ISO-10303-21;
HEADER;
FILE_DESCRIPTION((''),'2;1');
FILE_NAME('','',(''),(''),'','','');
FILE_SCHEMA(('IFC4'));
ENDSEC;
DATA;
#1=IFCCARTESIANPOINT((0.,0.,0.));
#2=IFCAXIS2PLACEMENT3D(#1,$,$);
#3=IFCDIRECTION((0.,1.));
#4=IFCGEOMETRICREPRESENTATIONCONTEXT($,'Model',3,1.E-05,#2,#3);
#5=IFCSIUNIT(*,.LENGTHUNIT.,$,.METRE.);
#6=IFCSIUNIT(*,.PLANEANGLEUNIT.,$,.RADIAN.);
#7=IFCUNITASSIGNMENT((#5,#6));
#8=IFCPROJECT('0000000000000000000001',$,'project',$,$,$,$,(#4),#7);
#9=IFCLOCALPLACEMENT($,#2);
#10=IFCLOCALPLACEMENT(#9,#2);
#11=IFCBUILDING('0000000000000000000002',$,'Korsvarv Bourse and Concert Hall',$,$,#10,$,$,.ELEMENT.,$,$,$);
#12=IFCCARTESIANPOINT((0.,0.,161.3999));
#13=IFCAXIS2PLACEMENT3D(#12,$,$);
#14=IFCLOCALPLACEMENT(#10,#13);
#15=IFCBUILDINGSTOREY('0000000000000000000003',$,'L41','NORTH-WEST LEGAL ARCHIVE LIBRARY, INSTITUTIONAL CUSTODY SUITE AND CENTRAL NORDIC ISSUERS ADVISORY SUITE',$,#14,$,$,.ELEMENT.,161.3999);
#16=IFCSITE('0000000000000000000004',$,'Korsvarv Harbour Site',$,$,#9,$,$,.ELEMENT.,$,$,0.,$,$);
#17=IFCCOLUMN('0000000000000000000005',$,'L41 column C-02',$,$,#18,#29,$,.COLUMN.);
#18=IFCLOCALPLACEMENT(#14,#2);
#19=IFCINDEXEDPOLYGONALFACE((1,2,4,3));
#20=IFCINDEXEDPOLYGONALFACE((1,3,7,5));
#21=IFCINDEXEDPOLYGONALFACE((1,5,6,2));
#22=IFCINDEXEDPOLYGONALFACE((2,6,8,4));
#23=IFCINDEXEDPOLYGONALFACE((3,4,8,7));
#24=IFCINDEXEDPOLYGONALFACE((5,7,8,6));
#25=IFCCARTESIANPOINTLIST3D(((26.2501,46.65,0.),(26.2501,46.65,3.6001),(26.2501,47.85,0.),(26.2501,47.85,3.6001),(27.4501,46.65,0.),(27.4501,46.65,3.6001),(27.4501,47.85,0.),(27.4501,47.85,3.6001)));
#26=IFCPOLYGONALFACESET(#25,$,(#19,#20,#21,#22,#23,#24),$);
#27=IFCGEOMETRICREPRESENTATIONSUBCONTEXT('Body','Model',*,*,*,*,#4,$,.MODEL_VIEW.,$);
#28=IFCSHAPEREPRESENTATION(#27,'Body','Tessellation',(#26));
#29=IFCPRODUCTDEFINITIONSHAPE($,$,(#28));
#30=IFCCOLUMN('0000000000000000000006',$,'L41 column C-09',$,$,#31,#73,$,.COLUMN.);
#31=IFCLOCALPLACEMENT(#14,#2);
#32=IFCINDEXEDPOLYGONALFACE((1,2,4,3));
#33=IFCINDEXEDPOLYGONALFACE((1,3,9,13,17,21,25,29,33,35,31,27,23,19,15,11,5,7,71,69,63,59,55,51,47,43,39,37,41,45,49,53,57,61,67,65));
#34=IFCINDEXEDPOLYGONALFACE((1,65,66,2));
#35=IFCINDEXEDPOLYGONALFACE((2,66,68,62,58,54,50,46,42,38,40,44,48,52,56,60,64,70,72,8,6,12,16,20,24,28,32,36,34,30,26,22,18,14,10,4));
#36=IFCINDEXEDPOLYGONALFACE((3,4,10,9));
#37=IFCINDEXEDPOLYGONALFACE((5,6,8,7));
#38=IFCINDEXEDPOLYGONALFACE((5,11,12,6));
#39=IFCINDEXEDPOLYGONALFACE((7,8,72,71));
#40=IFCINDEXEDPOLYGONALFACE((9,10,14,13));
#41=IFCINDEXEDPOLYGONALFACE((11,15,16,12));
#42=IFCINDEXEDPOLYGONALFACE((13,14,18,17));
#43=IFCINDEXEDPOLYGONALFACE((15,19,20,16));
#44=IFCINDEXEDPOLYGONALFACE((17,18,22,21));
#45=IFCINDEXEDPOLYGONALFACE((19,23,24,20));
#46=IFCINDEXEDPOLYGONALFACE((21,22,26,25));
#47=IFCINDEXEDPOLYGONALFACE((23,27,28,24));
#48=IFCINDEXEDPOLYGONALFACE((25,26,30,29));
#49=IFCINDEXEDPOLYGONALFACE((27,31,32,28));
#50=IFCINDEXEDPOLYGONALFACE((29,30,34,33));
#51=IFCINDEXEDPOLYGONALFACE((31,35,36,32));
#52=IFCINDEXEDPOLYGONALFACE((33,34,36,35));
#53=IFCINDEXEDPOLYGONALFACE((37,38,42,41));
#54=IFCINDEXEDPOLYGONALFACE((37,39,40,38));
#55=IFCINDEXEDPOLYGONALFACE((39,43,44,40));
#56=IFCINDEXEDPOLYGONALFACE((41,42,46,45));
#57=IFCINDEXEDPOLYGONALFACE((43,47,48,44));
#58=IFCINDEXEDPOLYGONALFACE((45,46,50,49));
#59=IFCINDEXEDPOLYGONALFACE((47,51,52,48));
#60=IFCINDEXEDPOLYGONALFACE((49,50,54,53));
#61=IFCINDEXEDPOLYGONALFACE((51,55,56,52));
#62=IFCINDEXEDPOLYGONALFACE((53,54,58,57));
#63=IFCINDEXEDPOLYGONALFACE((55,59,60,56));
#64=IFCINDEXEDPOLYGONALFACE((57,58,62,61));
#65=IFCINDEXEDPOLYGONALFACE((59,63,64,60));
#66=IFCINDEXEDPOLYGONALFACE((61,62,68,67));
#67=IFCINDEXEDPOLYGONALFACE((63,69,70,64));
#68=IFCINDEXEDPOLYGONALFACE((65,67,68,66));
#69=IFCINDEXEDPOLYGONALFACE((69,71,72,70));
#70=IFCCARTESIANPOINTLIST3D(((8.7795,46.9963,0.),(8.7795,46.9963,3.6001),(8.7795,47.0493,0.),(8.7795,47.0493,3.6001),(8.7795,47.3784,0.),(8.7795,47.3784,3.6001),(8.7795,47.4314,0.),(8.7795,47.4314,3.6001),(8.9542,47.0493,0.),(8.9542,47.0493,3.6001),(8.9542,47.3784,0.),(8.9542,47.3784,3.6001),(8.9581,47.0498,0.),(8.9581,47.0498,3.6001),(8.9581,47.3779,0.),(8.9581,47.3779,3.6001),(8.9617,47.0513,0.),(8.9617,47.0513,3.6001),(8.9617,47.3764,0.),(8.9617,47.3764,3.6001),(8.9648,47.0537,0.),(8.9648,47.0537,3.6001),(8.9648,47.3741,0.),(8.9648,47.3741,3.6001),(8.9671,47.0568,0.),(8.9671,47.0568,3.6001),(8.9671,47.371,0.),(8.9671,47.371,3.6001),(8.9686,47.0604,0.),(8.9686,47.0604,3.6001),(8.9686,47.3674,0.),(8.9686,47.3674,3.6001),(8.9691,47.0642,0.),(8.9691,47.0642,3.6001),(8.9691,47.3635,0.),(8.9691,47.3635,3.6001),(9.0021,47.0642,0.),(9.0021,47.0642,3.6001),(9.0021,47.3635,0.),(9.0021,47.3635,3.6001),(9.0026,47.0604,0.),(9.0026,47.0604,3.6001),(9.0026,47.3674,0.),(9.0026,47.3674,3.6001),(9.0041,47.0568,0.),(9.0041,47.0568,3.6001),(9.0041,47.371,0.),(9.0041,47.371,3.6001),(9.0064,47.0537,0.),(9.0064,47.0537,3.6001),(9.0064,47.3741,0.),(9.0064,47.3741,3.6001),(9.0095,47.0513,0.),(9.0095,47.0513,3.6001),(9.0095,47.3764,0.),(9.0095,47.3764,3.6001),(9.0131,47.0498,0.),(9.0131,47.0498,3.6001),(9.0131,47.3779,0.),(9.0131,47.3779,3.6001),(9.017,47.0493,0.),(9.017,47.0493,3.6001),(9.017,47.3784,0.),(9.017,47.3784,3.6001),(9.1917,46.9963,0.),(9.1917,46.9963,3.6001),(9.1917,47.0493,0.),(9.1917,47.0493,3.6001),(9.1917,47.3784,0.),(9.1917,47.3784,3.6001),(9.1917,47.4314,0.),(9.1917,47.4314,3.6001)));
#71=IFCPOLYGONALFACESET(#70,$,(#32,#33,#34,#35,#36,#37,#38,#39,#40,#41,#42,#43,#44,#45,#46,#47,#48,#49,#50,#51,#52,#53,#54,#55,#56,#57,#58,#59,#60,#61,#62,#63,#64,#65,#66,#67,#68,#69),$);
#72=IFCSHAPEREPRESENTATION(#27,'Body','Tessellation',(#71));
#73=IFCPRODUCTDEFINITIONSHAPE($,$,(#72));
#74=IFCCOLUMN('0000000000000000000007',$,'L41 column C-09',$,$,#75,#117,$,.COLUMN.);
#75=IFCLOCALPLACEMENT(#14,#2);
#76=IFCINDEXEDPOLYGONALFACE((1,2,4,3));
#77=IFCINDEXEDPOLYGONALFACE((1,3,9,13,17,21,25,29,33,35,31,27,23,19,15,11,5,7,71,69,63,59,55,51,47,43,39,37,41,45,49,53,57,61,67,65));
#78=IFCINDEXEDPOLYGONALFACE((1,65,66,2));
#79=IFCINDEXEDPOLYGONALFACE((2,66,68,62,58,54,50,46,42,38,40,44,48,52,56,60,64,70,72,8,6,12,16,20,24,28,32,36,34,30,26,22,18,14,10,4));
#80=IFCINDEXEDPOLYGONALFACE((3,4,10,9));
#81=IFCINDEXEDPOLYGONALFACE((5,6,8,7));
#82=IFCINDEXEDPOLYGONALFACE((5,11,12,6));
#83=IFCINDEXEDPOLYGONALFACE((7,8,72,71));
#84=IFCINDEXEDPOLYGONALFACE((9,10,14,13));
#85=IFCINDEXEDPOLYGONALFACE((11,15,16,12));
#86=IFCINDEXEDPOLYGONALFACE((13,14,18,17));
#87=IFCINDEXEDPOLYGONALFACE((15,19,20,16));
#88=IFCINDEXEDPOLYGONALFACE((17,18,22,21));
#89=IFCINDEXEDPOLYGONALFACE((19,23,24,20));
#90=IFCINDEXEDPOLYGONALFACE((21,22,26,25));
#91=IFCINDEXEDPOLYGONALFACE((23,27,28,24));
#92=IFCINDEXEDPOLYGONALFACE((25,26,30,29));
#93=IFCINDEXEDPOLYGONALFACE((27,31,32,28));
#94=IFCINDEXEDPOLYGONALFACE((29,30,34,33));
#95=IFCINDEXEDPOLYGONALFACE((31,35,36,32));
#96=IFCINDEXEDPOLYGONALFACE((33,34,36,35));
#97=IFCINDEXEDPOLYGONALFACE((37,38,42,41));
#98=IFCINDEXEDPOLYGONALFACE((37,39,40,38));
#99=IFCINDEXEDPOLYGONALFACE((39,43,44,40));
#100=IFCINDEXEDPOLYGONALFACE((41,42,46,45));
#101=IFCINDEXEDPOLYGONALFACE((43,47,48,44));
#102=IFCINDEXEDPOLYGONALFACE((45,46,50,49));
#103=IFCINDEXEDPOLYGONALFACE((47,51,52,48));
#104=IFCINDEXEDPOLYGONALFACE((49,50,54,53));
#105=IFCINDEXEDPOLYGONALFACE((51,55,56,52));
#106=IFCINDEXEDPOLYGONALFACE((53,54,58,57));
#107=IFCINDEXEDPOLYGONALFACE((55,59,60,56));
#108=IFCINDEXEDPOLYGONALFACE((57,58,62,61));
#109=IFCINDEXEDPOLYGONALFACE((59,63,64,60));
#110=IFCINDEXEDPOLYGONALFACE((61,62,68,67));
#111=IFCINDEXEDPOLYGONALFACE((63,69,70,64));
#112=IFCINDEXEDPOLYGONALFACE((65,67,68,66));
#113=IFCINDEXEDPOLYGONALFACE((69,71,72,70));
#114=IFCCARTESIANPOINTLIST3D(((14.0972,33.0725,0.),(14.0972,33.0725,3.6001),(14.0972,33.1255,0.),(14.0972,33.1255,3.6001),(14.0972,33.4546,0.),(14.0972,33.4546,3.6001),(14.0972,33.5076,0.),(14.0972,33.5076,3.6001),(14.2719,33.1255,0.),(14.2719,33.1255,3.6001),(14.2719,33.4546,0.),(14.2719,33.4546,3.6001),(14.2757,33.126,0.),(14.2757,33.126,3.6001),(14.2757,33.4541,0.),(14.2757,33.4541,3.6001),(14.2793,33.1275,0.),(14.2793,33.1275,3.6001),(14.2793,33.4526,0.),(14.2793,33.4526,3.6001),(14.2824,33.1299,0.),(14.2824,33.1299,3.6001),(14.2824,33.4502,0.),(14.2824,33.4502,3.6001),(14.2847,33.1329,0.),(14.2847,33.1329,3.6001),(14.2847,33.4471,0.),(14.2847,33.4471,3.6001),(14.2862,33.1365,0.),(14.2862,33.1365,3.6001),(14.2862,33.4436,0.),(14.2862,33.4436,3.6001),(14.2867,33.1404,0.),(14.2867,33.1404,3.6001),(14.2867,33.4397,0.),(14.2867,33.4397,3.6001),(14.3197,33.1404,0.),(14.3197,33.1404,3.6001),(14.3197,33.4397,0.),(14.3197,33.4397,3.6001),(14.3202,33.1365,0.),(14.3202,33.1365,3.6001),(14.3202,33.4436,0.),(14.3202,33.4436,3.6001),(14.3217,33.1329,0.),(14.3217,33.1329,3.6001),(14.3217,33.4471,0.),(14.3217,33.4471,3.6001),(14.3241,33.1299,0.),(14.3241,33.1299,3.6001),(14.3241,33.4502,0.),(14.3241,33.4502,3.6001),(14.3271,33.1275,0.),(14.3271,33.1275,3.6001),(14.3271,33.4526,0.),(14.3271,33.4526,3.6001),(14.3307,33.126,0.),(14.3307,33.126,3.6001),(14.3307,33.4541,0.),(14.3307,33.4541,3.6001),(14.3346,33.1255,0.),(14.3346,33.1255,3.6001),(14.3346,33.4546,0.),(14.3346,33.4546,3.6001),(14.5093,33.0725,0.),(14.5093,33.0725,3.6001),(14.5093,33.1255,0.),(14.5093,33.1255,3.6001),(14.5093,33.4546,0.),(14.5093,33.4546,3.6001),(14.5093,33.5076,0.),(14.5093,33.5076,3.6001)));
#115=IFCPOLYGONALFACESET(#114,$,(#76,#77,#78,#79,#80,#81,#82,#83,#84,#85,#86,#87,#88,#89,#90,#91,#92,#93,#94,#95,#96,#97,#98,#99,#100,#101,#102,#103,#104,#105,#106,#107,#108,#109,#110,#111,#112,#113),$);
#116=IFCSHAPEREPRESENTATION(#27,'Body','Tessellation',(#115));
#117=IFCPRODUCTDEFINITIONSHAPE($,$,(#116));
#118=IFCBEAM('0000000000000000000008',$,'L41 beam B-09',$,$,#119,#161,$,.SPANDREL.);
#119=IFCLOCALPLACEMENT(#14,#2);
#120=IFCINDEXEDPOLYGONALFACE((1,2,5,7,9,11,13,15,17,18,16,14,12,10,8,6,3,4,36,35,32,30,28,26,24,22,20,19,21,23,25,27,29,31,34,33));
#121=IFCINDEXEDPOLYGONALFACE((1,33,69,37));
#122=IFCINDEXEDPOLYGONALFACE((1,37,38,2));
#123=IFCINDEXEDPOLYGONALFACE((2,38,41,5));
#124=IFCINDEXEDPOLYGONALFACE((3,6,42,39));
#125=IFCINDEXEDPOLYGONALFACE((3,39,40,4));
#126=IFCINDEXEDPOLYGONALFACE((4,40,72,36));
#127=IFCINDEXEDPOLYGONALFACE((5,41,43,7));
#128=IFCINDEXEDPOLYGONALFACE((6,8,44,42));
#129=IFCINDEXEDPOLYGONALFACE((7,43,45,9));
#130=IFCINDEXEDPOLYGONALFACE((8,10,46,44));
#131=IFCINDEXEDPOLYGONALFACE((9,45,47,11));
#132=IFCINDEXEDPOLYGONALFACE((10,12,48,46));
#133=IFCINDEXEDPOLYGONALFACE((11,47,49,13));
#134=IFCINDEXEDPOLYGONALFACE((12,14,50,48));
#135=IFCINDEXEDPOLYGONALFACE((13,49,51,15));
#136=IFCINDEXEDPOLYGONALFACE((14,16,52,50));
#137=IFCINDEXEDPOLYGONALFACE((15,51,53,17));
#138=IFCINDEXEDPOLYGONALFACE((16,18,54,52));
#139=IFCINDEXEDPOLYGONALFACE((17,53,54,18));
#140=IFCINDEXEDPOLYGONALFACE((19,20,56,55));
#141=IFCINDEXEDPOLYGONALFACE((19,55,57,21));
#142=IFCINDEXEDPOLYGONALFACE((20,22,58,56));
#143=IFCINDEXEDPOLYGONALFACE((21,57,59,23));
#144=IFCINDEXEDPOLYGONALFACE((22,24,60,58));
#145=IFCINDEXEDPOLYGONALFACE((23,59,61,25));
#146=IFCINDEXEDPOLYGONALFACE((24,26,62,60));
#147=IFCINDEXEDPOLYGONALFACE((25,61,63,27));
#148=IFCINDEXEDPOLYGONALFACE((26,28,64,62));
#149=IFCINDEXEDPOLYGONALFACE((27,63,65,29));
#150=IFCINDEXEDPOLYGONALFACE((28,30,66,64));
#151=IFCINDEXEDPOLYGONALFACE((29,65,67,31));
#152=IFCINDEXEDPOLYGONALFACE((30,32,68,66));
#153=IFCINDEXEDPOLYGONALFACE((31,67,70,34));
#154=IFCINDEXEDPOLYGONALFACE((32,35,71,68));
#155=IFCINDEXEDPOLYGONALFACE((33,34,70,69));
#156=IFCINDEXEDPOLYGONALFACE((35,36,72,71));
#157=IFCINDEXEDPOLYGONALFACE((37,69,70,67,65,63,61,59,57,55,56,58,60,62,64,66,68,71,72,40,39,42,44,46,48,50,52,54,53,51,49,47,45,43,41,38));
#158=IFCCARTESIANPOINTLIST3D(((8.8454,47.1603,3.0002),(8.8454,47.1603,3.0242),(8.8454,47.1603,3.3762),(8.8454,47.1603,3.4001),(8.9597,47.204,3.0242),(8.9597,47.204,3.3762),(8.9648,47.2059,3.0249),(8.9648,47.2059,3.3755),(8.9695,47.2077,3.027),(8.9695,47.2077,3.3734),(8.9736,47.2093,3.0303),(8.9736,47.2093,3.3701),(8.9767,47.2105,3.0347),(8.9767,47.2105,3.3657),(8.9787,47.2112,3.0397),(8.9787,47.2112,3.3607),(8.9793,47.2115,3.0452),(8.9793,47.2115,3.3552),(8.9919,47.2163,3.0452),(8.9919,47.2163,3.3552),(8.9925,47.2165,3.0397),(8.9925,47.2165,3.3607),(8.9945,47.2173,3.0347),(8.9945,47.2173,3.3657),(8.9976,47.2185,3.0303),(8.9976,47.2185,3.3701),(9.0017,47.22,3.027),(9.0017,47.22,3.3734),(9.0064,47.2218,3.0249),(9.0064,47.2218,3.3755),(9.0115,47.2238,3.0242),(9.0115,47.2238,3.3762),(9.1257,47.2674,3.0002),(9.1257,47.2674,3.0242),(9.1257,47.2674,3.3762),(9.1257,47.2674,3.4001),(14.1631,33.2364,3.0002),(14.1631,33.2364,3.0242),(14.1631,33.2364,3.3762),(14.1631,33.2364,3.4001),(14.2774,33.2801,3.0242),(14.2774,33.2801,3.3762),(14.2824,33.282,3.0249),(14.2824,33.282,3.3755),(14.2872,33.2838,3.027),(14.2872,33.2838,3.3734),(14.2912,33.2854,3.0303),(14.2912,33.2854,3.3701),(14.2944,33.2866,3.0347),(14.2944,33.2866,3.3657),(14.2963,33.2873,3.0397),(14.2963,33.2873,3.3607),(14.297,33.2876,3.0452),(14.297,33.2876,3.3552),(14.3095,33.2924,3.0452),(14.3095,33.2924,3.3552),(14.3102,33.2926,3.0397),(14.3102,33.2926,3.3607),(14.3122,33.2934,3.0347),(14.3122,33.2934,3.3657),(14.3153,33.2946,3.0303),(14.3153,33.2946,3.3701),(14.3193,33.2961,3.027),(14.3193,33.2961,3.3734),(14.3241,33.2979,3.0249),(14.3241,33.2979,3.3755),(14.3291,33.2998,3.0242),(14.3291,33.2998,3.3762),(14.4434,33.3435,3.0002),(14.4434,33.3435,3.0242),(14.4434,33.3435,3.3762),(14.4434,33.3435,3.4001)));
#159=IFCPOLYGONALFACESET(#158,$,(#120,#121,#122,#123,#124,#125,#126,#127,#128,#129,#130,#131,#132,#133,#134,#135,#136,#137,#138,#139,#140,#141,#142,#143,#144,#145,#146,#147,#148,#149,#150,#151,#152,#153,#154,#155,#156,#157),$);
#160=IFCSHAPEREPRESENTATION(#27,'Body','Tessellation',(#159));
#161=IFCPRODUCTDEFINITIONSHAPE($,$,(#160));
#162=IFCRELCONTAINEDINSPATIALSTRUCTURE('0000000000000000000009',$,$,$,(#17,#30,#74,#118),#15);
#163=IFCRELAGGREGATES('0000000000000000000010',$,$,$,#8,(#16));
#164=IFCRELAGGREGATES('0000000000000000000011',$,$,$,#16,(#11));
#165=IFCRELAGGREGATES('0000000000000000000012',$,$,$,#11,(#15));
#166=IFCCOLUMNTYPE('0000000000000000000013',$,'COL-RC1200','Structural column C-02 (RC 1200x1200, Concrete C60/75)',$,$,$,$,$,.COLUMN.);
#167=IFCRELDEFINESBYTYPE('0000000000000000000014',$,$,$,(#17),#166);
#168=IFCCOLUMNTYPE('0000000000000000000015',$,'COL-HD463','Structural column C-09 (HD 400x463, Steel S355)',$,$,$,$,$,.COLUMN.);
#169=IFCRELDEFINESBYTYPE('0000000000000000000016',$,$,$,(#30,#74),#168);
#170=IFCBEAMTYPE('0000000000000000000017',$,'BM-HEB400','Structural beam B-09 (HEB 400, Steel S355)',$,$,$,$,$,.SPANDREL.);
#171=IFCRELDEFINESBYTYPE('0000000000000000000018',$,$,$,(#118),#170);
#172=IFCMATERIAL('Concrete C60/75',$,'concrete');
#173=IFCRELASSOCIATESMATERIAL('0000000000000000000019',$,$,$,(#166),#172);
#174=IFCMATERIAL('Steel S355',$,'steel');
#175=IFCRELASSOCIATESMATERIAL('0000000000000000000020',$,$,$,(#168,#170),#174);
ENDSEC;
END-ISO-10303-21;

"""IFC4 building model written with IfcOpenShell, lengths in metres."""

from ifc_helpers import new_model, si_unit, direction, frame, origin, origin_2d, place, context, subcontext, project, spatial, rectangle, i_section, extrude, source, transform, mapped, material, material_profile, profile_set, type_object, element, save


model = new_model("IFC4")

# Units and contexts
model_context = context("Model", 3, precision=1e-05, world=origin(), true_north=direction((0.0, 1.0)))
body_context = subcontext(model_context, "Body", "Model", "MODEL_VIEW")
ifc_project = project(units=[si_unit("LENGTHUNIT", "METRE"), si_unit("PLANEANGLEUNIT", "RADIAN")], contexts=[model_context])

# Site, building, storey
site_placement = place(None, origin())
site = spatial("IfcSite", under=ifc_project, at=site_placement, Name="Korsvarv Harbour Site", CompositionType="ELEMENT", RefElevation=0.0)
building_placement = place(site_placement, origin())
building = spatial("IfcBuilding", under=site, at=building_placement, Name="Korsvarv Bourse and Concert Hall", CompositionType="ELEMENT")
storey_placement = place(building_placement, frame((0.0, 0.0, 161.3999)))
storey = spatial("IfcBuildingStorey", under=building, at=storey_placement, Name="L41", Description="NORTH-WEST LEGAL ARCHIVE LIBRARY, INSTITUTIONAL CUSTODY SUITE AND CENTRAL NORDIC ISSUERS ADVISORY SUITE", CompositionType="ELEMENT", Elevation=161.3999)

# Columns
ifc_material_1 = material(Name="Concrete C60/75", Category="concrete")
ifc_material_profile_1 = material_profile(ifc_material_1, rectangle(XDim=1.2, YDim=1.2, at=origin_2d()), Name="RC 1200x1200")
ifc_profile_set_1 = profile_set([ifc_material_profile_1], Name="Concrete C60/75")
column_type_1 = type_object("IfcColumnType", Name="COL-RC1200", Description="Structural column C-02 (RC 1200x1200, Concrete C60/75)", PredefinedType="COLUMN", material=ifc_profile_set_1)
shared_shape_1 = source(origin(), body_context, "Body", "SweptSolid", [
    extrude(rectangle(XDim=1.2, YDim=1.2, at=origin_2d()), origin(), (0.0, 0.0, 1.0), 3.6001),
])
column_placement = place(storey_placement, frame((26.8501, 47.25, 0.0), z_axis=(0.0, 0.0, 1.0), x_axis=(1.0, 0.0, 0.0)))
element("IfcColumn", 1, at=column_placement, inside=storey, type_object=column_type_1, Name="L41 column C-02", PredefinedType="COLUMN", context=body_context, shape_type="MappedRepresentation", body=[
    mapped(shared_shape_1, transform((0.0, 0.0, 0.0), scale=1.0)),
])
ifc_material_2 = material(Name="Steel S355", Category="steel")
ifc_material_profile_2 = material_profile(ifc_material_2, i_section(OverallWidth=0.4121, OverallDepth=0.4351, WebThickness=0.033, FlangeThickness=0.053, FilletRadius=0.0149, at=origin_2d()), Name="HD 400x463")
ifc_profile_set_2 = profile_set([ifc_material_profile_2], Name="Steel S355")
column_type_2 = type_object("IfcColumnType", Name="COL-HD463", Description="Structural column C-09 (HD 400x463, Steel S355)", PredefinedType="COLUMN", material=ifc_profile_set_2)
shared_shape_2 = source(origin(), body_context, "Body", "SweptSolid", [
    extrude(i_section(OverallWidth=0.4121, OverallDepth=0.4351, WebThickness=0.033, FlangeThickness=0.053, FilletRadius=0.0149, at=origin_2d()), origin(), (0.0, 0.0, 1.0), 3.6001),
])
for number, where, z_axis, x_axis, name in (
    (2, (8.9856, 47.2139, 0.0), (0.0, 0.0, 1.0), (1.0, 0.0, 0.0), "L41 column C-09"),
    (3, (14.3032, 33.29, 0.0), (0.0, 0.0, 1.0), (1.0, 0.0, 0.0), "L41 column C-09"),
):
    element("IfcColumn", number, at=place(storey_placement, frame(where, z_axis=z_axis, x_axis=x_axis)), inside=storey, type_object=column_type_2, Name=name, PredefinedType="COLUMN", context=body_context, shape_type="MappedRepresentation", body=[
        mapped(shared_shape_2, transform((0.0, 0.0, 0.0), scale=1.0)),
    ])

# Beam
ifc_material_profile_3 = material_profile(ifc_material_2, i_section(OverallWidth=0.3, OverallDepth=0.3999, WebThickness=0.0134, FlangeThickness=0.0239, FilletRadius=0.021, at=origin_2d()), Name="HEB 400")
ifc_profile_set_3 = profile_set([ifc_material_profile_3], Name="Steel S355")
beam_type_1 = type_object("IfcBeamType", Name="BM-HEB400", Description="Structural beam B-09 (HEB 400, Steel S355)", PredefinedType="SPANDREL", material=ifc_profile_set_3)
shared_shape_3 = source(origin(), body_context, "Body", "SweptSolid", [
    extrude(i_section(OverallWidth=0.3, OverallDepth=0.3999, WebThickness=0.0134, FlangeThickness=0.0239, FilletRadius=0.021, at=origin_2d()), origin(), (0.0, 0.0, 1.0), 14.9048),
])
beam_1_placement = place(storey_placement, frame((8.9856, 47.2139, 3.2002), z_axis=(0.356775, -0.93419, 0.0), x_axis=(0.93419, 0.356775, 0.0)))
element("IfcBeam", 4, at=beam_1_placement, inside=storey, type_object=beam_type_1, Name="L41 beam B-09", PredefinedType="SPANDREL", context=body_context, shape_type="MappedRepresentation", body=[
    mapped(shared_shape_3, transform((0.0, 0.0, 0.0), scale=1.0)),
])

save(model, "model.ifc")
